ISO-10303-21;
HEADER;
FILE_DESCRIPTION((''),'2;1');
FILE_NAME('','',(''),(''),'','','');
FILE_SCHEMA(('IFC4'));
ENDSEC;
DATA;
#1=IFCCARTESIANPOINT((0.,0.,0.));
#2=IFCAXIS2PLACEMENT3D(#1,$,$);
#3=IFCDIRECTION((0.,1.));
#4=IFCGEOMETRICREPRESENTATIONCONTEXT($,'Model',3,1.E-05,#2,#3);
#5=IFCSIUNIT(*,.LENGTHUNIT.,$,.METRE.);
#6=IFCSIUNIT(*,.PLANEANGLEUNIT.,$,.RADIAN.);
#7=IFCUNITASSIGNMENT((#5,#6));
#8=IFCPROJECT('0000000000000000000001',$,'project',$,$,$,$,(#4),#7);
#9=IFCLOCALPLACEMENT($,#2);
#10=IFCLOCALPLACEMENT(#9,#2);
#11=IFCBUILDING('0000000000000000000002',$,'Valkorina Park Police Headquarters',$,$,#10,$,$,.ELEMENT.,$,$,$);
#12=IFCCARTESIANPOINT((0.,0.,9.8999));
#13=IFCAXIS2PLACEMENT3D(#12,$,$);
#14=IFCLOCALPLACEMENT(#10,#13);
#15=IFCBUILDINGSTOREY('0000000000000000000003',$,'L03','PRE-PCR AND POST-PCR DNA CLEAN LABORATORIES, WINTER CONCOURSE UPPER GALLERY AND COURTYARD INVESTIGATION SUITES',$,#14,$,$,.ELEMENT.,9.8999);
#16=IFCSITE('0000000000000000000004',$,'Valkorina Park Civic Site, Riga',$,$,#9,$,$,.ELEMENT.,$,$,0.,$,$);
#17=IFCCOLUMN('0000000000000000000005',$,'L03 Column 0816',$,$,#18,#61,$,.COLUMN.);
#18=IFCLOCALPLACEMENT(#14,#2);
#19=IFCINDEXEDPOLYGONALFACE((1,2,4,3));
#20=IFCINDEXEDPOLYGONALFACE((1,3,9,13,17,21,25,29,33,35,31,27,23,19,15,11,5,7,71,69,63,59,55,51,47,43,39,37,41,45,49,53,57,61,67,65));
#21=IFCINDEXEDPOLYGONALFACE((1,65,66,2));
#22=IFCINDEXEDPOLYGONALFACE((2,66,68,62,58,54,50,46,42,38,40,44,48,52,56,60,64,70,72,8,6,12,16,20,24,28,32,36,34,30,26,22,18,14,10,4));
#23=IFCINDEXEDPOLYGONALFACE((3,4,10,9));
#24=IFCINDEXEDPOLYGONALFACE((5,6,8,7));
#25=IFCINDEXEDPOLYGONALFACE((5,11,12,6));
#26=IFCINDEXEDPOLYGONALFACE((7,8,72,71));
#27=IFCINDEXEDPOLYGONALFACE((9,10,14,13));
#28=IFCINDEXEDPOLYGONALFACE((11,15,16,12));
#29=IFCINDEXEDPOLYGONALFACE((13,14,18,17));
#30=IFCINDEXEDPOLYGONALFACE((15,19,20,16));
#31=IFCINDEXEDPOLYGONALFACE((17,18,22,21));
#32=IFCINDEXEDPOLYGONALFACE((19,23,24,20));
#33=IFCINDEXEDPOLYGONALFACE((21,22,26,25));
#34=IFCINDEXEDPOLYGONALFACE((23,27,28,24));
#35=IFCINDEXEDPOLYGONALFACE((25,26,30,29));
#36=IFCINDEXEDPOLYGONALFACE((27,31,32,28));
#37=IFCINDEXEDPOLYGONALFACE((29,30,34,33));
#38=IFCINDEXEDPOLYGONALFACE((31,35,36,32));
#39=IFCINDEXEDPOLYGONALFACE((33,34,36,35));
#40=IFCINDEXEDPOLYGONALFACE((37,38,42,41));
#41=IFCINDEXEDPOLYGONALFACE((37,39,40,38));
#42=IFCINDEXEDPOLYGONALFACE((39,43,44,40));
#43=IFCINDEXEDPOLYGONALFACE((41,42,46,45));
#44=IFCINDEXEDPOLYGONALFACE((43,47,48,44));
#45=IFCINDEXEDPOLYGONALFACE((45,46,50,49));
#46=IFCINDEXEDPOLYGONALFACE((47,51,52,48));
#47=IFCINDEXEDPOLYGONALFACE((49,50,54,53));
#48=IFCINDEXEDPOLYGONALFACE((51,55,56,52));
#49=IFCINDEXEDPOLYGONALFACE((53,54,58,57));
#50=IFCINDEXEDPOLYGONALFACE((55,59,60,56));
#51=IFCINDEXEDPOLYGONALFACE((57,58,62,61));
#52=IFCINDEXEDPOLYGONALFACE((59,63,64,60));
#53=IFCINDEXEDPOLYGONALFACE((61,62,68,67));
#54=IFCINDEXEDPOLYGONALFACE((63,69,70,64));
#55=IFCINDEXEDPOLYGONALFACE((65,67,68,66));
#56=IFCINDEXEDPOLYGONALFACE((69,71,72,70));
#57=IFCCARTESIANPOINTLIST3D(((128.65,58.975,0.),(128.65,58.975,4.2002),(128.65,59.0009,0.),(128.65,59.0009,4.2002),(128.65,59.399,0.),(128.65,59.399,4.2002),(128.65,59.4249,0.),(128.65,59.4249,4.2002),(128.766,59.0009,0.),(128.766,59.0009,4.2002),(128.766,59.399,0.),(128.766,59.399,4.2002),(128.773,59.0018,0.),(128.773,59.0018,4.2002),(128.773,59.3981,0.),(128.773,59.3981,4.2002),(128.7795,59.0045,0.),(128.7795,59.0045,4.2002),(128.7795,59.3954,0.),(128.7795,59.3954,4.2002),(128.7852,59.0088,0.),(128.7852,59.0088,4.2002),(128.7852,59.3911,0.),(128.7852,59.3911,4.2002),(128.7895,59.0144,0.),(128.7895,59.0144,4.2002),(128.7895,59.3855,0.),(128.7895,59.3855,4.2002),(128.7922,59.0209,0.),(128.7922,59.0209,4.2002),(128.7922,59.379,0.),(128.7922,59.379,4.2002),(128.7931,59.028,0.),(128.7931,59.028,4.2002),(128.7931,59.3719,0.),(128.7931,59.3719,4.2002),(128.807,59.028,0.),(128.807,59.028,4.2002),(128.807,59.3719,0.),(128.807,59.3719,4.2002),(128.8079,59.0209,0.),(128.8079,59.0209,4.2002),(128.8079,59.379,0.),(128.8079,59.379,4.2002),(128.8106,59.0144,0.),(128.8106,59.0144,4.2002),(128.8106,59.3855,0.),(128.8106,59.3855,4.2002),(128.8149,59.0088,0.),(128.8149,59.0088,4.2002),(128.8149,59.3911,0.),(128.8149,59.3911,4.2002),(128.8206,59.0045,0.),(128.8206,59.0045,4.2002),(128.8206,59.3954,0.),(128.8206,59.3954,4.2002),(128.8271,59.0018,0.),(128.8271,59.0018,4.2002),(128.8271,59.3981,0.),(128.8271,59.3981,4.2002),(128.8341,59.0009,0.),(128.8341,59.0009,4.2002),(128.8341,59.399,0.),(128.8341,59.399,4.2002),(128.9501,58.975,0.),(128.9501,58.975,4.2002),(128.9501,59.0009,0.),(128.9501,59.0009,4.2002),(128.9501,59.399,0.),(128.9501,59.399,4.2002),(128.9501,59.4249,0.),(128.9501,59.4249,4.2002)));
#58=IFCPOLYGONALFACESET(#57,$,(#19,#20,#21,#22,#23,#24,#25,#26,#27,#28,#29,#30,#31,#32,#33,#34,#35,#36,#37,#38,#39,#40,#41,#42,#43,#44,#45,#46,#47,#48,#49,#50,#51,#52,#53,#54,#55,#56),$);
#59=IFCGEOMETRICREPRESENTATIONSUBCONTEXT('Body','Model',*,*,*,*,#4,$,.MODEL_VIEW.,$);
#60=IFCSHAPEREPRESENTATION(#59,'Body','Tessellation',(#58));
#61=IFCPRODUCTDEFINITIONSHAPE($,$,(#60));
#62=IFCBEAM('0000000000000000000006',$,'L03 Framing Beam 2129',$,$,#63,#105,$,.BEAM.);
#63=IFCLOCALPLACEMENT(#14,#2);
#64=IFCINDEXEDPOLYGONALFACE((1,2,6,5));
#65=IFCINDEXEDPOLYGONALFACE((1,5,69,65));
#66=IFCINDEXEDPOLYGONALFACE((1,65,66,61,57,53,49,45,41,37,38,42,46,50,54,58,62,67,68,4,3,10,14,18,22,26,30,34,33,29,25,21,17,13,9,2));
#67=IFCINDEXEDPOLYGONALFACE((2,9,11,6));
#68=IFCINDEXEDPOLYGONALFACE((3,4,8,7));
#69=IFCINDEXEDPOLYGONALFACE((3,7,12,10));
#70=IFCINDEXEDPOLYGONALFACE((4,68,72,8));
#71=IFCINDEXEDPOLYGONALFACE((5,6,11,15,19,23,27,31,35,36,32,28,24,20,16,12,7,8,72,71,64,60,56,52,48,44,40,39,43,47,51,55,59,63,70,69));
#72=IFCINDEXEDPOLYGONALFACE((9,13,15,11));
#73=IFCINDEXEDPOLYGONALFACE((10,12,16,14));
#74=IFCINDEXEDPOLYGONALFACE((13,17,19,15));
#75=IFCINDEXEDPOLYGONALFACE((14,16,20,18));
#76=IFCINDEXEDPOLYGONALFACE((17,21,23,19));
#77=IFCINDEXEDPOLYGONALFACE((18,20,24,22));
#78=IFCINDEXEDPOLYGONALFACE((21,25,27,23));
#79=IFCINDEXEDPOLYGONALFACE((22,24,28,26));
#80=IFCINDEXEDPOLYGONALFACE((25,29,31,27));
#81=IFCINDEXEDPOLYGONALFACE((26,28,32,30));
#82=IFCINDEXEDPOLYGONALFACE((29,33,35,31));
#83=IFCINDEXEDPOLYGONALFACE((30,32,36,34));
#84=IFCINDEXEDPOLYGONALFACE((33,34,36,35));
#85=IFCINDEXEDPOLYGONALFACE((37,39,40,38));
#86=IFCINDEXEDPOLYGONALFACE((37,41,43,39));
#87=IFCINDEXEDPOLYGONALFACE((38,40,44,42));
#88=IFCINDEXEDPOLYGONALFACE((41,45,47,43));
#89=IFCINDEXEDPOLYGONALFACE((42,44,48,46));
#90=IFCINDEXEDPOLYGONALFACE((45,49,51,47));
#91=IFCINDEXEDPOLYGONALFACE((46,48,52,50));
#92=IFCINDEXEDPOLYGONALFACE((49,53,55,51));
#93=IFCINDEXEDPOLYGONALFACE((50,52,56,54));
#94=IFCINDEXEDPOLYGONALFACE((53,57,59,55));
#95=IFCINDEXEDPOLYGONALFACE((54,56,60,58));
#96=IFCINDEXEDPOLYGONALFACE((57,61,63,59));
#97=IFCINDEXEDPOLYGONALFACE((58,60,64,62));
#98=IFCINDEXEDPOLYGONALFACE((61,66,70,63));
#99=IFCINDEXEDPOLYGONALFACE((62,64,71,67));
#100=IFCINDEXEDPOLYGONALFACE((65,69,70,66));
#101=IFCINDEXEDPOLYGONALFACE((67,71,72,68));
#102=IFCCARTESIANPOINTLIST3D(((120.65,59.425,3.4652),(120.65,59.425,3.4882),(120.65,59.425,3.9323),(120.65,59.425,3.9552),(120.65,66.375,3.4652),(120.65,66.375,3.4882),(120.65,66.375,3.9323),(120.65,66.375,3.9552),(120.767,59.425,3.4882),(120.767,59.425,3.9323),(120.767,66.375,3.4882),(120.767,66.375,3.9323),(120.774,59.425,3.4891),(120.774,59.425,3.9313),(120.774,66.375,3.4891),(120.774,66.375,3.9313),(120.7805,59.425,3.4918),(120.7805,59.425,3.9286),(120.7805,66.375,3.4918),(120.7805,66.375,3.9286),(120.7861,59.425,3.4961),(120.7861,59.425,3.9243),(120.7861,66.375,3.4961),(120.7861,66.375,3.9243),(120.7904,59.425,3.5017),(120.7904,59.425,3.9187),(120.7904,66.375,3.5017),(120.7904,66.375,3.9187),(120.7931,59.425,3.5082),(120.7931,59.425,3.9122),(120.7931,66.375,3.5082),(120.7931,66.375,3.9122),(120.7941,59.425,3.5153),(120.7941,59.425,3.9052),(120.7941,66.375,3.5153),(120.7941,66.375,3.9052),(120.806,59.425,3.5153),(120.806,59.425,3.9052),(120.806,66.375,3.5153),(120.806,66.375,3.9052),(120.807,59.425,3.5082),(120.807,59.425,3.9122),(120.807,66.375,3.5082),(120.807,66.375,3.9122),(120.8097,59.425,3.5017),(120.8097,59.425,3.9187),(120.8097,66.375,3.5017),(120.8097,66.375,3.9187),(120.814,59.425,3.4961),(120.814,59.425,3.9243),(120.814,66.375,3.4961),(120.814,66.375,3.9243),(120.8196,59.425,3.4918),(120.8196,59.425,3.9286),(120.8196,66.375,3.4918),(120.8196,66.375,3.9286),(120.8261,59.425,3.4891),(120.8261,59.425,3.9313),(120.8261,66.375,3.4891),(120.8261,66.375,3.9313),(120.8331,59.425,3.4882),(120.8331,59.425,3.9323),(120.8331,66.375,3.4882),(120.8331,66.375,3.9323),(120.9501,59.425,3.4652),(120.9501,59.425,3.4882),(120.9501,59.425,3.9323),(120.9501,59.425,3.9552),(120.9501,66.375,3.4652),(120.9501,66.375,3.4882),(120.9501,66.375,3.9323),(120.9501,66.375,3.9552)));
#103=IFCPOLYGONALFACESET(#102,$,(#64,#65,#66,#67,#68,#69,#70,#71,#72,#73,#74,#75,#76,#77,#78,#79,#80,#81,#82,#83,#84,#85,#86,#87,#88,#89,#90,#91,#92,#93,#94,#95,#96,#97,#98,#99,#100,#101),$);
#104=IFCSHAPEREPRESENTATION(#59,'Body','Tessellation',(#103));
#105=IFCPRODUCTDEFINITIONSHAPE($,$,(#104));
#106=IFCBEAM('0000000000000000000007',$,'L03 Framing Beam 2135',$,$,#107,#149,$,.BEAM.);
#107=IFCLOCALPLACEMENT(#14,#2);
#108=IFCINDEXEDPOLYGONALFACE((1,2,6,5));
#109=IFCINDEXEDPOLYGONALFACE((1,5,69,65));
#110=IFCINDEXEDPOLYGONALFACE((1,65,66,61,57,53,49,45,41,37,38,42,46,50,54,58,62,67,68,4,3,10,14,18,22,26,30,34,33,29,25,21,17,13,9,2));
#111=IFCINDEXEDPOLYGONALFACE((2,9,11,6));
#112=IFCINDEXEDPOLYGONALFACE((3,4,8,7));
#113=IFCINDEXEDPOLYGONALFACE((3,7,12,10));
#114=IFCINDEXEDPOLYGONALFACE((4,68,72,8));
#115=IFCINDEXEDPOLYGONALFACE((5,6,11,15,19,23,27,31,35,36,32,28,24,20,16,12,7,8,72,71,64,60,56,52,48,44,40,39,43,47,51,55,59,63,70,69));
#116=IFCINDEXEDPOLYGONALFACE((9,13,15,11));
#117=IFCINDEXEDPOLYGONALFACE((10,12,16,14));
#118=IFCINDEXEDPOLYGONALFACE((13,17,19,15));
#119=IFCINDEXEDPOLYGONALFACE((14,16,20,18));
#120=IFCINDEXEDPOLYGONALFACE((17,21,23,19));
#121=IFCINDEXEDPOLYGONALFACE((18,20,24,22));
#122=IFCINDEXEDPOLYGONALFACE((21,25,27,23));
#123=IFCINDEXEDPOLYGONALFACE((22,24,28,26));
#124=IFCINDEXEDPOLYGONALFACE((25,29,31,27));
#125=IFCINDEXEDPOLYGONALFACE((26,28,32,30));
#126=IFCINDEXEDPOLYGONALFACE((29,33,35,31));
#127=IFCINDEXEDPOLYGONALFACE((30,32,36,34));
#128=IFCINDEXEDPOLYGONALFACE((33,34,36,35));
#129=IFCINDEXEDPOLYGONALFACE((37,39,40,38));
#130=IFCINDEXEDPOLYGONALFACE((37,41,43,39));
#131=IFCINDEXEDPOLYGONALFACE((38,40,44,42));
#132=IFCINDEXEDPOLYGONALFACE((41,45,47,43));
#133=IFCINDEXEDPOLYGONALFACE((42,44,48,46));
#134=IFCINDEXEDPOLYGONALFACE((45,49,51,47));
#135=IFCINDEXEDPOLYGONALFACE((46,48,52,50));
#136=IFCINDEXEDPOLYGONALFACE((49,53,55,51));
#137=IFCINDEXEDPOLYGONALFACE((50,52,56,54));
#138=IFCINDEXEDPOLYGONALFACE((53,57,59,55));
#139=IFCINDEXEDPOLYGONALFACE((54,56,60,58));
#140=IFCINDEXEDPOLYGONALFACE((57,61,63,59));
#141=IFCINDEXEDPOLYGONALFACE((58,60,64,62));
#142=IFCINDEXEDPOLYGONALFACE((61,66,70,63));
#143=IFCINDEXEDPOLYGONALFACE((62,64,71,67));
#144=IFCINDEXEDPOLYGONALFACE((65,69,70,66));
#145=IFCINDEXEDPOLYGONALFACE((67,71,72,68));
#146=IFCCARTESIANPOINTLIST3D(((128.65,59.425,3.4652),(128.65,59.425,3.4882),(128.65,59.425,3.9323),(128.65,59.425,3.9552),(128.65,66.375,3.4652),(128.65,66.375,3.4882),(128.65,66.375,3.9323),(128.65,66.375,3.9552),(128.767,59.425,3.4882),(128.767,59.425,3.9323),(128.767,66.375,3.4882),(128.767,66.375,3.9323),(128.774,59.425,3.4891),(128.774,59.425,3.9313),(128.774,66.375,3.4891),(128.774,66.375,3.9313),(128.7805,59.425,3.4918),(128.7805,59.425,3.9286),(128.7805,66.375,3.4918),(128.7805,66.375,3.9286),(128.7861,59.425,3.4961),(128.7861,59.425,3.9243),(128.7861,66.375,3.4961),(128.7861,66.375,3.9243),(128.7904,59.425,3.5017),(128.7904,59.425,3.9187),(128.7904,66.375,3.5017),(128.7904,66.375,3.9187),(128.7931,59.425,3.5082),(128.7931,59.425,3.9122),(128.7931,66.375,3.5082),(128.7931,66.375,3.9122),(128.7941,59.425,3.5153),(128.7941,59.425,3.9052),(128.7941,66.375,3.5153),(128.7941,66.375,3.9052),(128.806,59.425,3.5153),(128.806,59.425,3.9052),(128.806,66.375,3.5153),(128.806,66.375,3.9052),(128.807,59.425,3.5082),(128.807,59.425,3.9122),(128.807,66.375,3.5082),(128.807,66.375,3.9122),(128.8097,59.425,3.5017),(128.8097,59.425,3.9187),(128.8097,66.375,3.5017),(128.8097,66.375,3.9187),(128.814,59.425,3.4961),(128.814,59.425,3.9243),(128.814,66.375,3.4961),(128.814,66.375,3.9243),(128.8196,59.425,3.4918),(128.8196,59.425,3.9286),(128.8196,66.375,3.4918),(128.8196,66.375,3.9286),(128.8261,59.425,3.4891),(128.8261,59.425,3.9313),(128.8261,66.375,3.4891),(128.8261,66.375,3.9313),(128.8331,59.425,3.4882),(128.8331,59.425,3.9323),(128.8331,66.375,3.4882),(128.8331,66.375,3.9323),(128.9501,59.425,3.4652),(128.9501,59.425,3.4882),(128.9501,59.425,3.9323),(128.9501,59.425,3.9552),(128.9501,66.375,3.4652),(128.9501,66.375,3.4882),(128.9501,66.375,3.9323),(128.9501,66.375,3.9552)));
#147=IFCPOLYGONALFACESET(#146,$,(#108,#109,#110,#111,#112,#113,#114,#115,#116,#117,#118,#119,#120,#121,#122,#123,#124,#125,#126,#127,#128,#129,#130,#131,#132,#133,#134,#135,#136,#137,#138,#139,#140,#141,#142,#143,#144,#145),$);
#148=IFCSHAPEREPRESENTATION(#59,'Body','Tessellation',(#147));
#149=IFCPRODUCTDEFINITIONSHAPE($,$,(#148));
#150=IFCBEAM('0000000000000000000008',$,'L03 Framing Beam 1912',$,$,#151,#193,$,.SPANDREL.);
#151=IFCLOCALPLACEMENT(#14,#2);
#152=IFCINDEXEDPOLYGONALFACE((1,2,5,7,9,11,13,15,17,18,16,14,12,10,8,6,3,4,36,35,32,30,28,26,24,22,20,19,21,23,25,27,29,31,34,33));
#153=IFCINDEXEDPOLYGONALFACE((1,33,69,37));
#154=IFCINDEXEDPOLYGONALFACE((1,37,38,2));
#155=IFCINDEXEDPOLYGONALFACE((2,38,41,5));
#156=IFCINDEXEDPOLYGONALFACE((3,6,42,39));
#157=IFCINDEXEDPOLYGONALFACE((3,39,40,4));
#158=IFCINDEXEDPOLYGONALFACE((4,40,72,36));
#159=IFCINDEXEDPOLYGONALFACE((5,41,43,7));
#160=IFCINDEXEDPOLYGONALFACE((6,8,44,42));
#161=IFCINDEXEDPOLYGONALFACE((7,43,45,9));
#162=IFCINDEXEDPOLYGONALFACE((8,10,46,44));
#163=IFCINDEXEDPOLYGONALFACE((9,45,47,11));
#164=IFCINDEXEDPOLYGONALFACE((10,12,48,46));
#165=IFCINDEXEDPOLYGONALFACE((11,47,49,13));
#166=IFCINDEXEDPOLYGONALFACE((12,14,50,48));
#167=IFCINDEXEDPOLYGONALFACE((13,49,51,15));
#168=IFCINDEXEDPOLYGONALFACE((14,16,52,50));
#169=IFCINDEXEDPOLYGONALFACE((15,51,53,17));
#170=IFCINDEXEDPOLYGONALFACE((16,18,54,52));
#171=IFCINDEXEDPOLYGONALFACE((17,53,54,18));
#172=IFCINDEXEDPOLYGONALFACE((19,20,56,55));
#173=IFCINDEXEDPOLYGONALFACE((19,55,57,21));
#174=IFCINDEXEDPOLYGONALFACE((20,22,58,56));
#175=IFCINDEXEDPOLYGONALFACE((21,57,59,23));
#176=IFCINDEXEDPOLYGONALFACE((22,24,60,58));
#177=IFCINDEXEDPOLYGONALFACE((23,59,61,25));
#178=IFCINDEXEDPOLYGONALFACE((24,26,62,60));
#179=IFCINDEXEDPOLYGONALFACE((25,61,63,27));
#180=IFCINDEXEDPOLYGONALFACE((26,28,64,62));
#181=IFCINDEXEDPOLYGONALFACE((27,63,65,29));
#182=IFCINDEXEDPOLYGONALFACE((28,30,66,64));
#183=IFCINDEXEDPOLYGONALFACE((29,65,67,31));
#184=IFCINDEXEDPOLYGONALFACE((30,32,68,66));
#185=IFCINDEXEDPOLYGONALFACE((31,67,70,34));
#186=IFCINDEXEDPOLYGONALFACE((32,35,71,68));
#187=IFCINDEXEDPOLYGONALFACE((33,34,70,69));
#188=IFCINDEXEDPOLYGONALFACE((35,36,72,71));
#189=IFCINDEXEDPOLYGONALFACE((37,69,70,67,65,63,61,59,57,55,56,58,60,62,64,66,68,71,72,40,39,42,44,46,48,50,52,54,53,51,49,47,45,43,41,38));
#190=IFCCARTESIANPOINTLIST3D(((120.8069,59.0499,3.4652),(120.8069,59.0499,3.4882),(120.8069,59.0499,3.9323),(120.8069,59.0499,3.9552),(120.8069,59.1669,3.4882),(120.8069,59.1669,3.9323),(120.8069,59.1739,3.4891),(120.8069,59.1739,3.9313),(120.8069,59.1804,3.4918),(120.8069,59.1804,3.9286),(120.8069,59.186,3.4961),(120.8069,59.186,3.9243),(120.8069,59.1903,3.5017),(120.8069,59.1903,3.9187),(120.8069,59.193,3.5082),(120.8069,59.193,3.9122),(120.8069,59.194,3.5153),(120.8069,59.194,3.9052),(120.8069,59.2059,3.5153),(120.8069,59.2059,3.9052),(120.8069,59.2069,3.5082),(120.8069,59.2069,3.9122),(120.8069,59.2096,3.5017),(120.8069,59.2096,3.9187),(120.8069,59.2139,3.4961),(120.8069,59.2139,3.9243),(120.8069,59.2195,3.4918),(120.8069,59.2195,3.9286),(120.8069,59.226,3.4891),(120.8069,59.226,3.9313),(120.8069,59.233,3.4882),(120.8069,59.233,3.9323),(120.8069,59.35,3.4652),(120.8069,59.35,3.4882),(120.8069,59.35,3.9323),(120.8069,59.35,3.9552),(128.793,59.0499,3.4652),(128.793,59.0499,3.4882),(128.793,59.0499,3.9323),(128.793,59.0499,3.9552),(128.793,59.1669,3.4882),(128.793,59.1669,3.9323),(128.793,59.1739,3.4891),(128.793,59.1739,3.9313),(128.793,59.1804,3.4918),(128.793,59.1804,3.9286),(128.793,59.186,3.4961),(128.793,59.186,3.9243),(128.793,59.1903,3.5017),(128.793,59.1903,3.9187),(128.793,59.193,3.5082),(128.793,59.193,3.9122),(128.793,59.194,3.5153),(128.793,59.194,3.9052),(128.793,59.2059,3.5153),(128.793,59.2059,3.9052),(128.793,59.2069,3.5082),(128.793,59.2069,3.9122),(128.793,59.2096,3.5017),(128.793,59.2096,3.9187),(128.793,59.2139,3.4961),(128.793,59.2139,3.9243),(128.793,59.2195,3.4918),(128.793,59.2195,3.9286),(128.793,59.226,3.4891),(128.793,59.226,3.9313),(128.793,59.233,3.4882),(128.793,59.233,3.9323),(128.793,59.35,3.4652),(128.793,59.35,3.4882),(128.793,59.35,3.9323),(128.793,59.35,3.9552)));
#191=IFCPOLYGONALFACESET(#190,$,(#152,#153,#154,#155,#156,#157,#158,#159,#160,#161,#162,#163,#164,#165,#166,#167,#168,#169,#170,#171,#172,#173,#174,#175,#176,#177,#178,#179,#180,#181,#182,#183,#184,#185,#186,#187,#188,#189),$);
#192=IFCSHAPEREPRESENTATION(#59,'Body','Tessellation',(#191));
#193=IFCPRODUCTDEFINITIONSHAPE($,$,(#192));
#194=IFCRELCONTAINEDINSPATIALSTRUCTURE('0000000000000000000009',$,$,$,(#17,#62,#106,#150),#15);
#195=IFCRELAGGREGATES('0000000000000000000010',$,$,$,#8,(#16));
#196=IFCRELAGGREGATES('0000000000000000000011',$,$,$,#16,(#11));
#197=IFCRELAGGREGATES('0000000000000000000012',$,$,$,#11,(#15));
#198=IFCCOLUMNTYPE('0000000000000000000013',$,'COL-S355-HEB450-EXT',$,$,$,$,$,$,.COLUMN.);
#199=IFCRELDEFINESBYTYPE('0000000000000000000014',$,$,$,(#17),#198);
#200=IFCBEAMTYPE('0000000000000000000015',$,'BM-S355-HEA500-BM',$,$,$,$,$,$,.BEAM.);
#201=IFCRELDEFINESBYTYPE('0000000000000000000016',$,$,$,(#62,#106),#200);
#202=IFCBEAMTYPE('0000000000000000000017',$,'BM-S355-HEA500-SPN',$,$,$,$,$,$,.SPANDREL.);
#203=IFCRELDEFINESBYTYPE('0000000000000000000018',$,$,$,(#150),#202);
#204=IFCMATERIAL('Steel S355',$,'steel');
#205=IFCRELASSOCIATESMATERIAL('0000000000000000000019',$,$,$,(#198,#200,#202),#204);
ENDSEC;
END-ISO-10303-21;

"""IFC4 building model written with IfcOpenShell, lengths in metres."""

from ifc_helpers import new_model, si_unit, direction, frame, origin, origin_2d, place, context, subcontext, project, spatial, i_section, extrude, material, material_profile, profile_set, type_object, element, save


model = new_model("IFC4")

# Units and contexts
model_context = context("Model", 3, precision=1e-05, world=origin(), true_north=direction((0.0, 1.0)))
body_context = subcontext(model_context, "Body", "Model", "MODEL_VIEW")
ifc_project = project(units=[si_unit("LENGTHUNIT", "METRE"), si_unit("PLANEANGLEUNIT", "RADIAN")], contexts=[model_context])

# Site, building, storey
site_placement = place(None, origin())
site = spatial("IfcSite", under=ifc_project, at=site_placement, Name="Valkorina Park Civic Site, Riga", CompositionType="ELEMENT", RefElevation=0.0)
building_placement = place(site_placement, origin())
building = spatial("IfcBuilding", under=site, at=building_placement, Name="Valkorina Park Police Headquarters", CompositionType="ELEMENT")
storey_placement = place(building_placement, frame((0.0, 0.0, 9.8999)))
storey = spatial("IfcBuildingStorey", under=building, at=storey_placement, Name="L03", Description="PRE-PCR AND POST-PCR DNA CLEAN LABORATORIES, WINTER CONCOURSE UPPER GALLERY AND COURTYARD INVESTIGATION SUITES", CompositionType="ELEMENT", Elevation=9.8999)

# Column
ifc_material_1 = material(Name="Steel S355", Category="steel")
ifc_material_profile_1 = material_profile(ifc_material_1, i_section(OverallWidth=0.3, OverallDepth=0.45, WebThickness=0.0139, FlangeThickness=0.0259, FilletRadius=0.0271, at=origin_2d()), Name="HEB 450")
ifc_profile_set_1 = profile_set([ifc_material_profile_1], Name="Steel S355")
column_type = type_object("IfcColumnType", Name="COL-S355-HEB450-EXT", PredefinedType="COLUMN", material=ifc_profile_set_1)
column_placement = place(storey_placement, frame((128.8, 59.2, 0.0), z_axis=(0.0, 0.0, 1.0), x_axis=(1.0, 0.0, 0.0)))
element("IfcColumn", 1, at=column_placement, inside=storey, type_object=column_type, Name="L03 Column 0816", PredefinedType="COLUMN", context=body_context, shape_type="SweptSolid", body=[
    extrude(i_section(OverallWidth=0.3, OverallDepth=0.45, WebThickness=0.0139, FlangeThickness=0.0259, FilletRadius=0.0271, at=origin_2d()), origin(), (0.0, 0.0, 1.0), 4.2002),
])

# Beams
ifc_material_profile_2 = material_profile(ifc_material_1, i_section(OverallWidth=0.3, OverallDepth=0.49, WebThickness=0.012, FlangeThickness=0.0229, FilletRadius=0.0271, at=origin_2d()), Name="HEA 500")
ifc_profile_set_2 = profile_set([ifc_material_profile_2], Name="Steel S355")
beam_type_1 = type_object("IfcBeamType", Name="BM-S355-HEA500-BM", PredefinedType="BEAM", material=ifc_profile_set_2)
for number, where, z_axis, x_axis, name in (
    (2, (120.8, 59.425, 3.7102), (0.0, 1.0, 0.0), (-1.0, 0.0, 0.0), "L03 Framing Beam 2129"),
    (3, (128.8, 59.425, 3.7102), (0.0, 1.0, 0.0), (-1.0, 0.0, 0.0), "L03 Framing Beam 2135"),
):
    element("IfcBeam", number, at=place(storey_placement, frame(where, z_axis=z_axis, x_axis=x_axis)), inside=storey, type_object=beam_type_1, Name=name, PredefinedType="BEAM", context=body_context, shape_type="SweptSolid", body=[
        extrude(i_section(OverallWidth=0.3, OverallDepth=0.49, WebThickness=0.012, FlangeThickness=0.0229, FilletRadius=0.0271, at=origin_2d()), origin(), (0.0, 0.0, 1.0), 6.95),
    ])
ifc_material_profile_3 = material_profile(ifc_material_1, i_section(OverallWidth=0.3, OverallDepth=0.49, WebThickness=0.012, FlangeThickness=0.0229, FilletRadius=0.0271, at=origin_2d()), Name="HEA 500")
ifc_profile_set_3 = profile_set([ifc_material_profile_3], Name="Steel S355")
beam_type_2 = type_object("IfcBeamType", Name="BM-S355-HEA500-SPN", PredefinedType="SPANDREL", material=ifc_profile_set_3)
beam_placement = place(storey_placement, frame((120.8069, 59.2, 3.7102), z_axis=(1.0, 0.0, 0.0), x_axis=(0.0, 1.0, 0.0)))
element("IfcBeam", 4, at=beam_placement, inside=storey, type_object=beam_type_2, Name="L03 Framing Beam 1912", PredefinedType="SPANDREL", context=body_context, shape_type="SweptSolid", body=[
    extrude(i_section(OverallWidth=0.3, OverallDepth=0.49, WebThickness=0.012, FlangeThickness=0.0229, FilletRadius=0.0271, at=origin_2d()), origin(), (0.0, 0.0, 1.0), 7.9861),
])

save(model, "model.ifc")
